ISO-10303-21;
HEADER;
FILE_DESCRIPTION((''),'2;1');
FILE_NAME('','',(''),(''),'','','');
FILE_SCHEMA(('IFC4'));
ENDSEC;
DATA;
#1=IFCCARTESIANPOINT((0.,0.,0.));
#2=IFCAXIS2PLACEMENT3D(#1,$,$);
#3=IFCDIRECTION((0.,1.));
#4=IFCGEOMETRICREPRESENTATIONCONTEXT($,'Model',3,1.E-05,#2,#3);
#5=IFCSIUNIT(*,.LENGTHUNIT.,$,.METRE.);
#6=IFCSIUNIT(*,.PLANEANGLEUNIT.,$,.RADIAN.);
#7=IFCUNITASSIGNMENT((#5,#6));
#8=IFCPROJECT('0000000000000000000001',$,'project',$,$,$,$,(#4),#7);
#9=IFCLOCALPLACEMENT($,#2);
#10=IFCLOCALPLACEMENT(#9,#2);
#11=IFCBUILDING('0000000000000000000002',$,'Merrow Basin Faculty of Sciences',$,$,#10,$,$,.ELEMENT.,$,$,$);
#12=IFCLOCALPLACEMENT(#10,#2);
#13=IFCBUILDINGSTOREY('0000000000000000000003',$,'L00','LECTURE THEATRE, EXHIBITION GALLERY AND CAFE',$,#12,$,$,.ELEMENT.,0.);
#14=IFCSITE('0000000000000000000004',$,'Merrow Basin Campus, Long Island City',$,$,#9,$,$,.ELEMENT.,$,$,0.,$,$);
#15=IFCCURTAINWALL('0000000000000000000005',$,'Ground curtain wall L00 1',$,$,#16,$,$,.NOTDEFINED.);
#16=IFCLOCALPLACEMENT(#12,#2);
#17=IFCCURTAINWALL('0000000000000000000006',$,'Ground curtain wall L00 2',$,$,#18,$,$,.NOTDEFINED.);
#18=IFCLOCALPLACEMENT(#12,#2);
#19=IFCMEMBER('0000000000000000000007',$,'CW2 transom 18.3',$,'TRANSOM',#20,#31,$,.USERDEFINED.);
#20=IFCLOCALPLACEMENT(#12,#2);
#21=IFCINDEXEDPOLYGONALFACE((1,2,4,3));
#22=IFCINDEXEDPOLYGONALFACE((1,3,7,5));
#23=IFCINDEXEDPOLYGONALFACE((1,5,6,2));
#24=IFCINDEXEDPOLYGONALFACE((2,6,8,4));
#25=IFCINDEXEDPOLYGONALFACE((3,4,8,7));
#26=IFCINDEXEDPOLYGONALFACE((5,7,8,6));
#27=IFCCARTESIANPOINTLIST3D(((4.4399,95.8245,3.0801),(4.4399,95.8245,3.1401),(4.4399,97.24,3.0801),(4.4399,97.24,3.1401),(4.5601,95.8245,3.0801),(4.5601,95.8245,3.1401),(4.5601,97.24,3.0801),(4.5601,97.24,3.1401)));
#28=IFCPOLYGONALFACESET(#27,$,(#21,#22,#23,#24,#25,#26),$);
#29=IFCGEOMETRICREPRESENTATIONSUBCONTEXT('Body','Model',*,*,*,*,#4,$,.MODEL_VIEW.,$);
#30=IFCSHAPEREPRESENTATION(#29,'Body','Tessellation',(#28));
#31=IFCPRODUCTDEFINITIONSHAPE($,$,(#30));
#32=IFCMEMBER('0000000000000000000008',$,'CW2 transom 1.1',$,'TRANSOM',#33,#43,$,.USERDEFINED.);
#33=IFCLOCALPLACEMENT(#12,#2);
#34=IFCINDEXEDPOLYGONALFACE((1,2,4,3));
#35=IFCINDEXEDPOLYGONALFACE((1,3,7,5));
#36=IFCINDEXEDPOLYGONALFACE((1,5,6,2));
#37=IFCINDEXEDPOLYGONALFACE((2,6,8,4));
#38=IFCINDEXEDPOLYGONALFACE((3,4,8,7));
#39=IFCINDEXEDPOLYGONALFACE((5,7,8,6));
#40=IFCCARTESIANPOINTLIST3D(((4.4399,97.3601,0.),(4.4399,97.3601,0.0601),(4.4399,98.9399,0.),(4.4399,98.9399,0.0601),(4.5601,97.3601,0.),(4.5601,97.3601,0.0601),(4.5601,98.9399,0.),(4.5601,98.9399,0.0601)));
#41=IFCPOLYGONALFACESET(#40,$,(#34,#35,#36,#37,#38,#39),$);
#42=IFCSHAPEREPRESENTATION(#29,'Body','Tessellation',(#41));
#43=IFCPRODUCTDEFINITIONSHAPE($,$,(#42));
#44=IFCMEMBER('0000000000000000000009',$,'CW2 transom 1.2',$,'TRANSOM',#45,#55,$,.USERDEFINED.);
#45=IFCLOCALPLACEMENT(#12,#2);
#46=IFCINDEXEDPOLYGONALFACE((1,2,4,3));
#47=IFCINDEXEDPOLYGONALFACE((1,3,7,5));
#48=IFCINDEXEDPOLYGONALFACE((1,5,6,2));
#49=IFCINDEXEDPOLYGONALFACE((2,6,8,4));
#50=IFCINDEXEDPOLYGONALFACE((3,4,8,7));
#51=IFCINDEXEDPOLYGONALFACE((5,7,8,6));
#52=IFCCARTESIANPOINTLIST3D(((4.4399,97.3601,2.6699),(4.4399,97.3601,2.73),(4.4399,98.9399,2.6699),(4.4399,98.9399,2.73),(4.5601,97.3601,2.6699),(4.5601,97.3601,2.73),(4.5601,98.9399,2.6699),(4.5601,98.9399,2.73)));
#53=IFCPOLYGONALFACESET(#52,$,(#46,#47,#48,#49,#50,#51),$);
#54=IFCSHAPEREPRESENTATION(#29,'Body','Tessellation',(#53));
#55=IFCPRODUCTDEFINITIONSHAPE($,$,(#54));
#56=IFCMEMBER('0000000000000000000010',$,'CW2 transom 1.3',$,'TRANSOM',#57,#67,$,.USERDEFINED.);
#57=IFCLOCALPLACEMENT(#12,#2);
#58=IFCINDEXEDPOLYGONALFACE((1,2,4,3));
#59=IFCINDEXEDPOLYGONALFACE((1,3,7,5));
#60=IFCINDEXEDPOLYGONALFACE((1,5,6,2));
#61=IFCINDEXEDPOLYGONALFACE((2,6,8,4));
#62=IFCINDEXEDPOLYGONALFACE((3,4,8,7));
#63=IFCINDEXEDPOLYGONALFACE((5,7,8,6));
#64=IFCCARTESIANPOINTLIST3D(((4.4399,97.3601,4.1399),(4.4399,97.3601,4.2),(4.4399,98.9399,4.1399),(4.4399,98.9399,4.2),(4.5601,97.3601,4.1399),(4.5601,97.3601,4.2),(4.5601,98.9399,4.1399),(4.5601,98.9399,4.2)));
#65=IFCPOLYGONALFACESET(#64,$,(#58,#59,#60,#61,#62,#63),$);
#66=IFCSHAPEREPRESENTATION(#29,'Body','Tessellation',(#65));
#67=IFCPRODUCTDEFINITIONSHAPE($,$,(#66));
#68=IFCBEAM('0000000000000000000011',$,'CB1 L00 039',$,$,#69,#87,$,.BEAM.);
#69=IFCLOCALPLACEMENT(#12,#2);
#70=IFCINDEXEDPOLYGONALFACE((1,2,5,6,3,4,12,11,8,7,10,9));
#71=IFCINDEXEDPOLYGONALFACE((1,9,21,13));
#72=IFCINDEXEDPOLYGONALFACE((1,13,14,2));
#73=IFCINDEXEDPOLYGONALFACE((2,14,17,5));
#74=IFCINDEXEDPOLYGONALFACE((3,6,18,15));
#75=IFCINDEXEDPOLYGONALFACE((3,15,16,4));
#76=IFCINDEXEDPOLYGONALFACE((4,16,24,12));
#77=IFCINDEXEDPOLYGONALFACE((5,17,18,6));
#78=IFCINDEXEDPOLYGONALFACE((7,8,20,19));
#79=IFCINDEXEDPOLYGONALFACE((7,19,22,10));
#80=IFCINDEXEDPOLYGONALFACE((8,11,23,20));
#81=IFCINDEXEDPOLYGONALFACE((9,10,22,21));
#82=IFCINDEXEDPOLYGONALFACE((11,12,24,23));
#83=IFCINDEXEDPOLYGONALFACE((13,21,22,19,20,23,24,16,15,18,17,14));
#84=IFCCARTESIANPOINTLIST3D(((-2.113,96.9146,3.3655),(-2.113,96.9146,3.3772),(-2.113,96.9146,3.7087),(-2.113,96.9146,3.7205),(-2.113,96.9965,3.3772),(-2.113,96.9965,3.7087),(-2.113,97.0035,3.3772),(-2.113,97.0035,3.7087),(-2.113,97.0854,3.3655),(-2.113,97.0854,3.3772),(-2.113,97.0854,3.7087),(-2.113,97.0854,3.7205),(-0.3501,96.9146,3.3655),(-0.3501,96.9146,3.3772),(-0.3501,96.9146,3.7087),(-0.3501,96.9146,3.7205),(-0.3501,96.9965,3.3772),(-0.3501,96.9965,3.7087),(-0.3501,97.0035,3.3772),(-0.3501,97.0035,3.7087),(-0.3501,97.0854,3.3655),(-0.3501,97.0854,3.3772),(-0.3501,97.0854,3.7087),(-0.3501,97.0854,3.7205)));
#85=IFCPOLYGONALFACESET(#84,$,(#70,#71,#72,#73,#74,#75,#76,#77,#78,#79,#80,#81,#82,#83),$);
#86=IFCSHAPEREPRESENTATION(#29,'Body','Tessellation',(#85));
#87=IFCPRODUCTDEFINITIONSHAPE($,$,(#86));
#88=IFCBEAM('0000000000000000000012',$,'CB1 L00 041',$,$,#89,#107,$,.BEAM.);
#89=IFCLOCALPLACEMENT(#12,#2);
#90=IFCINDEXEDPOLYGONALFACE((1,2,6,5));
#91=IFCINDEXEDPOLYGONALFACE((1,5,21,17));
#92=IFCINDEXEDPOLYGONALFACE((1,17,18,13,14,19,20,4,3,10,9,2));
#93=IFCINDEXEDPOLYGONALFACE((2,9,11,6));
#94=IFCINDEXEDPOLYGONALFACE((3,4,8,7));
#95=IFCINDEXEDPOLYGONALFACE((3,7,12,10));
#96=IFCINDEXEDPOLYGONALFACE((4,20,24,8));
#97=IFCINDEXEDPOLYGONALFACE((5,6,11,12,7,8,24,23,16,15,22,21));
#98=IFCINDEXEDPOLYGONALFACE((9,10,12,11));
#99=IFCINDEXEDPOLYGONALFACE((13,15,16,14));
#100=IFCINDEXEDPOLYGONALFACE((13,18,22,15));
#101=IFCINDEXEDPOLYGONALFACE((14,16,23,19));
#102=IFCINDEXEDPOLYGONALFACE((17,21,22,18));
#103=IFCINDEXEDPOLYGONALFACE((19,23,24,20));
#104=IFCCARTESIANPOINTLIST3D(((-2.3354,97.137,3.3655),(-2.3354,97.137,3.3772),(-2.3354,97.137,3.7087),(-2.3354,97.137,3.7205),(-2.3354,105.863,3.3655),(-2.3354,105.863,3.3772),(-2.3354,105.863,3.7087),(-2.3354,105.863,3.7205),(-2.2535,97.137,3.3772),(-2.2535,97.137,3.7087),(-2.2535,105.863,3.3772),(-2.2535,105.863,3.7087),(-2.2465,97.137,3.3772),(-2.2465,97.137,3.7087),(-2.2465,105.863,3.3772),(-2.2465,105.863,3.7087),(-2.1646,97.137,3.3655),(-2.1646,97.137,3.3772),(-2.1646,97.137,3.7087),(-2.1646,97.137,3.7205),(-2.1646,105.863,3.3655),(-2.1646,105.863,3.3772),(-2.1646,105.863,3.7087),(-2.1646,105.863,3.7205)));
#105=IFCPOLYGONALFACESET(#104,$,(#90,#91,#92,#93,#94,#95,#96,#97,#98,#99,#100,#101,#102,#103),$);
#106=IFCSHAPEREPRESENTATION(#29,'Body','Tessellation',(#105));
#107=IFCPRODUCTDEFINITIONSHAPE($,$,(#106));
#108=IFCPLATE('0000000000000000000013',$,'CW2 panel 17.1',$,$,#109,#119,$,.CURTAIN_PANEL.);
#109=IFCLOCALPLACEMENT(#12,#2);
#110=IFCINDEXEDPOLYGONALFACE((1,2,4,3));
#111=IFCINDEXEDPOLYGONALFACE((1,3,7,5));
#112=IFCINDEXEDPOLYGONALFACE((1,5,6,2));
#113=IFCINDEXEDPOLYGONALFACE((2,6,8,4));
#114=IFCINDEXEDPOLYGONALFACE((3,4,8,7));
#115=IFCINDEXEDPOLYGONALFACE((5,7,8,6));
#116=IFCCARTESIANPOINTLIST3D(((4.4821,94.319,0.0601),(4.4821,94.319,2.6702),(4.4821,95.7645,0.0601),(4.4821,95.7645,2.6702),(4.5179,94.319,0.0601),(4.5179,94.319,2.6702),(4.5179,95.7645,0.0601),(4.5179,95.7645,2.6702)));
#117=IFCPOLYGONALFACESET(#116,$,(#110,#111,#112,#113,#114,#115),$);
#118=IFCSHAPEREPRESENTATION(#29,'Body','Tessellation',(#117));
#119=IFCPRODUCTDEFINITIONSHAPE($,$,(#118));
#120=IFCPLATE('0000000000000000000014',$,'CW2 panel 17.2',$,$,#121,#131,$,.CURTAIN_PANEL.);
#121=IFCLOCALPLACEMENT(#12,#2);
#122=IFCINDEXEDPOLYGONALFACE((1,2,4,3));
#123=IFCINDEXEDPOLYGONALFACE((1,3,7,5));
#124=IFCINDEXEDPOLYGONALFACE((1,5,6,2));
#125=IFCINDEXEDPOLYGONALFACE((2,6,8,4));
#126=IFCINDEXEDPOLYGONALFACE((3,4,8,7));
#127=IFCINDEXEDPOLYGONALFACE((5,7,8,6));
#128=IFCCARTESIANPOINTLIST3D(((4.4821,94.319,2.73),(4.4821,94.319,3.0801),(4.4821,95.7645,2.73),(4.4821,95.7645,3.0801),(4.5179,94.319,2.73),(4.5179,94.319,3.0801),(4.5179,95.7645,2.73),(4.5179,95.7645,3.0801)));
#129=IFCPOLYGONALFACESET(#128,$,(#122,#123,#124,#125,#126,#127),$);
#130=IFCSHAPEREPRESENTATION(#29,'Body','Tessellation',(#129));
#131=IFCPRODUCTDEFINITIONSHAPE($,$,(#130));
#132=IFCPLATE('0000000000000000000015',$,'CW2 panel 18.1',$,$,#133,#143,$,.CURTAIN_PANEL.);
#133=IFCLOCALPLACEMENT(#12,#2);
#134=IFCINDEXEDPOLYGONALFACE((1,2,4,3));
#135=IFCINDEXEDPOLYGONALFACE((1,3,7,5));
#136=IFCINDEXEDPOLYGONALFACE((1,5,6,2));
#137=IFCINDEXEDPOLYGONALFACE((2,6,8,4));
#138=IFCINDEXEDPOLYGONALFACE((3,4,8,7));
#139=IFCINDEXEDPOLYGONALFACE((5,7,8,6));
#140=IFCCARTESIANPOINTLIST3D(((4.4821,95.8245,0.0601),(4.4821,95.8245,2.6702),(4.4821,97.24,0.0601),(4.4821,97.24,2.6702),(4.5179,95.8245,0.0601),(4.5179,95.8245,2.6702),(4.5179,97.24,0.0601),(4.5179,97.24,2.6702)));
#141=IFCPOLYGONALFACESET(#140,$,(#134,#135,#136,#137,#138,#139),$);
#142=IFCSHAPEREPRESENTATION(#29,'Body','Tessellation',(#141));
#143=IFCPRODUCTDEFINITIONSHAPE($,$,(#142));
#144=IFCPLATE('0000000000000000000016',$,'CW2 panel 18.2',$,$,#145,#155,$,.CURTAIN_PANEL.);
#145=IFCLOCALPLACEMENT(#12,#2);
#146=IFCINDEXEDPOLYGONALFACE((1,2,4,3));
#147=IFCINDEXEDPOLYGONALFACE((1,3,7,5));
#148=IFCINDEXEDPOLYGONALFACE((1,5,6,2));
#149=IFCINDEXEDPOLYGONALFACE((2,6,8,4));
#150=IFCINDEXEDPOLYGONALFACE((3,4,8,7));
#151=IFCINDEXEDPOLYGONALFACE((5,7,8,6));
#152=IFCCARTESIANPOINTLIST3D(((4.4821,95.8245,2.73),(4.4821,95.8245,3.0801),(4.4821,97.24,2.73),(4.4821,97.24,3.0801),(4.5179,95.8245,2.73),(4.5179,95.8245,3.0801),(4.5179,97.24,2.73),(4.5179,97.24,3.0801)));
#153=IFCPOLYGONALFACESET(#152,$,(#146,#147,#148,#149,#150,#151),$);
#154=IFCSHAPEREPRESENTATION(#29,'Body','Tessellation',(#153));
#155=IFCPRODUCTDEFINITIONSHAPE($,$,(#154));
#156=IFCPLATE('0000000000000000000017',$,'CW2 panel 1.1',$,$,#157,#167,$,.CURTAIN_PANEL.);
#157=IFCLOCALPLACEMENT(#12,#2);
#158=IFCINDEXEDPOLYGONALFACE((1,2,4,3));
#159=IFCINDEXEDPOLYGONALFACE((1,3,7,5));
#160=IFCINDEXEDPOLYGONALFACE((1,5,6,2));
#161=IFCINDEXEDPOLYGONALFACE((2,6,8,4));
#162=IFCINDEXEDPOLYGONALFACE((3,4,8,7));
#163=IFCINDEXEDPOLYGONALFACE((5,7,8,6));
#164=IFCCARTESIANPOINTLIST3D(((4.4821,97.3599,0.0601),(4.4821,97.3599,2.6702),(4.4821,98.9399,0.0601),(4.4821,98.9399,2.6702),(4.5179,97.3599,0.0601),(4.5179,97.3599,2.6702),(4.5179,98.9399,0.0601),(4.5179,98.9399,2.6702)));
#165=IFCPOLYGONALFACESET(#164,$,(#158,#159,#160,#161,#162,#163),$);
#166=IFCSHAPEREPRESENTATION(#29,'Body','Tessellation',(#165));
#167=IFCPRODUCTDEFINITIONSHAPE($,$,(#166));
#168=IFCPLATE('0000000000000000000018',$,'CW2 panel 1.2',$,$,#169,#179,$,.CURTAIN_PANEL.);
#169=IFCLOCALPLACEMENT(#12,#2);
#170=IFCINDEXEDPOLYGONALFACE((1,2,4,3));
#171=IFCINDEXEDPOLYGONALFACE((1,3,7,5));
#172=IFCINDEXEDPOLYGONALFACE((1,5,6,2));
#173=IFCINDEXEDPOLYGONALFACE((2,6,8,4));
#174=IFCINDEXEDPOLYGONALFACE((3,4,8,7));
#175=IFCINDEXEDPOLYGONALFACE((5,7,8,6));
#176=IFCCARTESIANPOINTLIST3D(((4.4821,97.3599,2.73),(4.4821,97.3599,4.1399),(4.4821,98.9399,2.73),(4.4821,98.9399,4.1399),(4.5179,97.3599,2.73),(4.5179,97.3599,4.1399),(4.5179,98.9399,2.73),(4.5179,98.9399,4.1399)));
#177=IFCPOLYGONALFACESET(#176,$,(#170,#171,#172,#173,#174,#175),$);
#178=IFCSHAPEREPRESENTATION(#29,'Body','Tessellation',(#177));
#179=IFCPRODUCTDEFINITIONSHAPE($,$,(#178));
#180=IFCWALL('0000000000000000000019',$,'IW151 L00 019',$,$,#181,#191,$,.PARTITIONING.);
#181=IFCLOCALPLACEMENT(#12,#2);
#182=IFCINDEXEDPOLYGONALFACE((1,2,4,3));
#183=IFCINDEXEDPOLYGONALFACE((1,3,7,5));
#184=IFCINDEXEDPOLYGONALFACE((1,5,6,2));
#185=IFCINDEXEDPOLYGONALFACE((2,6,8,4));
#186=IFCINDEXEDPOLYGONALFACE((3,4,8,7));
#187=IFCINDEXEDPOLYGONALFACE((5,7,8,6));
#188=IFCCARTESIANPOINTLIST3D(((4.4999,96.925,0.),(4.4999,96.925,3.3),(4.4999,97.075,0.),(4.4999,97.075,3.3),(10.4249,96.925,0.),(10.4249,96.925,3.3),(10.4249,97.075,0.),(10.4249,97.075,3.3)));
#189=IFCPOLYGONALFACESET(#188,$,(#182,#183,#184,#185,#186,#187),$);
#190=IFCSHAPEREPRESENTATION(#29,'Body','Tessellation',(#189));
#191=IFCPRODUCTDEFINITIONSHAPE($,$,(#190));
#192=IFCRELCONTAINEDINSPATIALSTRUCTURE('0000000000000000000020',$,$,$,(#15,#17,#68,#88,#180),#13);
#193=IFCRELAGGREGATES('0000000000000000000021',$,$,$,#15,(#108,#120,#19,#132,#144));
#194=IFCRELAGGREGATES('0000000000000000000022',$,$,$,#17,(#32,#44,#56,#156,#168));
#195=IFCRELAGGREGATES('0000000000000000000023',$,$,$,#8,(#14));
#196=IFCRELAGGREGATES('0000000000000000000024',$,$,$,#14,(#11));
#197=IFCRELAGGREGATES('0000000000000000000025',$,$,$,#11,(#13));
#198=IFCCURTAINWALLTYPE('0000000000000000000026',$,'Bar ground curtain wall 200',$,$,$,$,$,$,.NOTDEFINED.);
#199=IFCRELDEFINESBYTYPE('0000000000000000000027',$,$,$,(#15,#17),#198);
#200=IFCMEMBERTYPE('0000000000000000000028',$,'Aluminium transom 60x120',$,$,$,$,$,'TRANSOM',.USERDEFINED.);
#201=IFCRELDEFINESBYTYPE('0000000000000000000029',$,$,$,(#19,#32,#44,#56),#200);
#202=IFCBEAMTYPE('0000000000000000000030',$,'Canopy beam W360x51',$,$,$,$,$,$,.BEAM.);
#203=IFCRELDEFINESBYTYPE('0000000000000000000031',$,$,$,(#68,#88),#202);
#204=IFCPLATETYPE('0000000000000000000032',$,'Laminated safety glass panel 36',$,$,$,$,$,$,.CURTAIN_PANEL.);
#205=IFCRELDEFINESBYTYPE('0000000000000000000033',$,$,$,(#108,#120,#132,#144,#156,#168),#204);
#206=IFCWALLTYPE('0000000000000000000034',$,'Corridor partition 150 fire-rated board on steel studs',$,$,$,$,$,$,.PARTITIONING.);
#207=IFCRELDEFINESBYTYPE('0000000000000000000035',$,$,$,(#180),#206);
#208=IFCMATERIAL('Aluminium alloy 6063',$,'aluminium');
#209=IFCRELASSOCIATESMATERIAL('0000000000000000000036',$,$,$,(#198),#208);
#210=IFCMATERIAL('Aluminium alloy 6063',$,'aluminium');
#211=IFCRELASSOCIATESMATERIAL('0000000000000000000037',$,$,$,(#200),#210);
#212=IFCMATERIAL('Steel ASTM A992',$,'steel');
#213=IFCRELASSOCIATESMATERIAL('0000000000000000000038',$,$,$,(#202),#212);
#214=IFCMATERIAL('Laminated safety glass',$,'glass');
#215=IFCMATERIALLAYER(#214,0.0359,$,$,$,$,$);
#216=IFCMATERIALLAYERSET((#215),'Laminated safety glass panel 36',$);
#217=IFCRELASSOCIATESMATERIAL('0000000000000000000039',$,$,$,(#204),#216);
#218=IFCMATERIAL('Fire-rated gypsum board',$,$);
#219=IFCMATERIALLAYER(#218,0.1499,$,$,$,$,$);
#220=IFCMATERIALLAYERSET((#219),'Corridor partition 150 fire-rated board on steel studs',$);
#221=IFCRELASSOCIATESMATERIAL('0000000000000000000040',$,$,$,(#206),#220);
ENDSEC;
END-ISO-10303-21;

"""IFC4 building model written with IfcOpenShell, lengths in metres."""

from ifc_helpers import new_model, si_unit, direction, frame, frame_2d, origin, origin_2d, place, context, subcontext, project, spatial, rectangle, i_section, extrude, material, layer, layer_set, material_profile, profile_set, type_object, element, aggregate, save


model = new_model("IFC4")

# Units and contexts
model_context = context("Model", 3, precision=1e-05, world=origin(), true_north=direction((0.0, 1.0)))
body_context = subcontext(model_context, "Body", "Model", "MODEL_VIEW")
ifc_project = project(units=[si_unit("LENGTHUNIT", "METRE"), si_unit("PLANEANGLEUNIT", "RADIAN")], contexts=[model_context])

# Site, building, storey
site_placement = place(None, origin())
site = spatial("IfcSite", under=ifc_project, at=site_placement, Name="Merrow Basin Campus, Long Island City", CompositionType="ELEMENT", RefElevation=0.0)
building_placement = place(site_placement, origin())
building = spatial("IfcBuilding", under=site, at=building_placement, Name="Merrow Basin Faculty of Sciences", CompositionType="ELEMENT")
storey_placement = place(building_placement, origin())
storey = spatial("IfcBuildingStorey", under=building, at=storey_placement, Name="L00", Description="LECTURE THEATRE, EXHIBITION GALLERY AND CAFE", CompositionType="ELEMENT", Elevation=0.0)

# Curtain walls
ifc_material_1 = material(Name="Aluminium alloy 6063", Category="aluminium")
curtain_wall_type = type_object("IfcCurtainWallType", Name="Bar ground curtain wall 200", PredefinedType="NOTDEFINED", material=ifc_material_1)
curtain_wall_1_placement = place(storey_placement, origin())
curtain_wall_1 = element("IfcCurtainWall", 1, at=curtain_wall_1_placement, inside=storey, type_object=curtain_wall_type, Name="Ground curtain wall L00 1", PredefinedType="NOTDEFINED")
curtain_wall_2_placement = place(storey_placement, origin())
curtain_wall_2 = element("IfcCurtainWall", 2, at=curtain_wall_2_placement, inside=storey, type_object=curtain_wall_type, Name="Ground curtain wall L00 2", PredefinedType="NOTDEFINED")

# Members
ifc_material_2 = material(Name="Aluminium alloy 6063", Category="aluminium")
ifc_material_profile_1 = material_profile(ifc_material_2, rectangle(XDim=0.1201, YDim=0.0601, at=origin_2d()))
ifc_profile_set_1 = profile_set([ifc_material_profile_1], Name="Aluminium alloy 6063")
member_type_1 = type_object("IfcMemberType", Name="Aluminium transom 60x120", ElementType="TRANSOM", PredefinedType="USERDEFINED", material=ifc_profile_set_1)
member_1_placement = place(storey_placement, frame((4.5, 95.8245, 3.1101), z_axis=(0.0, 1.0, 0.0), x_axis=(-1.0, 0.0, 0.0)))
member_1 = element("IfcMember", 3, at=member_1_placement, type_object=member_type_1, Name="CW2 transom 18.3", ObjectType="TRANSOM", PredefinedType="USERDEFINED", context=body_context, shape_type="SweptSolid", body=[
    extrude(rectangle(XDim=0.1201, YDim=0.0601, at=origin_2d()), origin(), (0.0, 0.0, 1.0), 1.4155),
])
member_2_placement = place(storey_placement, frame((4.5, 97.3601, 0.03), z_axis=(0.0, 1.0, 0.0), x_axis=(-1.0, 0.0, 0.0)))
member_2 = element("IfcMember", 4, at=member_2_placement, type_object=member_type_1, Name="CW2 transom 1.1", ObjectType="TRANSOM", PredefinedType="USERDEFINED", context=body_context, shape_type="SweptSolid", body=[
    extrude(rectangle(XDim=0.1201, YDim=0.0601, at=origin_2d()), origin(), (0.0, 0.0, 1.0), 1.5798),
])
member_3_placement = place(storey_placement, frame((4.5, 97.3601, 2.7), z_axis=(0.0, 1.0, 0.0), x_axis=(-1.0, 0.0, 0.0)))
member_3 = element("IfcMember", 5, at=member_3_placement, type_object=member_type_1, Name="CW2 transom 1.2", ObjectType="TRANSOM", PredefinedType="USERDEFINED", context=body_context, shape_type="SweptSolid", body=[
    extrude(rectangle(XDim=0.1201, YDim=0.0601, at=origin_2d()), origin(), (0.0, 0.0, 1.0), 1.5798),
])
member_4_placement = place(storey_placement, frame((4.5, 97.3601, 4.1699), z_axis=(0.0, 1.0, 0.0), x_axis=(-1.0, 0.0, 0.0)))
member_4 = element("IfcMember", 6, at=member_4_placement, type_object=member_type_1, Name="CW2 transom 1.3", ObjectType="TRANSOM", PredefinedType="USERDEFINED", context=body_context, shape_type="SweptSolid", body=[
    extrude(rectangle(XDim=0.1201, YDim=0.0601, at=origin_2d()), origin(), (0.0, 0.0, 1.0), 1.5798),
])

# Beams
ifc_material_3 = material(Name="Steel ASTM A992", Category="steel")
ifc_material_profile_2 = material_profile(ifc_material_3, i_section(OverallWidth=0.1709, OverallDepth=0.355, WebThickness=0.0071, FlangeThickness=0.0117, at=origin_2d()))
ifc_profile_set_2 = profile_set([ifc_material_profile_2], Name="Steel ASTM A992")
beam_type = type_object("IfcBeamType", Name="Canopy beam W360x51", PredefinedType="BEAM", material=ifc_profile_set_2)
beam_1_placement = place(storey_placement, frame((-2.113, 97.0, 3.543), z_axis=(1.0, 0.0, 0.0), x_axis=(0.0, 1.0, 0.0)))
element("IfcBeam", 7, at=beam_1_placement, inside=storey, type_object=beam_type, Name="CB1 L00 039", PredefinedType="BEAM", context=body_context, shape_type="SweptSolid", body=[
    extrude(i_section(OverallWidth=0.1709, OverallDepth=0.355, WebThickness=0.0071, FlangeThickness=0.0117, at=origin_2d()), origin(), (0.0, 0.0, 1.0), 1.7629),
])
beam_2_placement = place(storey_placement, frame((-2.25, 97.137, 3.543), z_axis=(0.0, 1.0, 0.0), x_axis=(-1.0, 0.0, 0.0)))
element("IfcBeam", 8, at=beam_2_placement, inside=storey, type_object=beam_type, Name="CB1 L00 041", PredefinedType="BEAM", context=body_context, shape_type="SweptSolid", body=[
    extrude(i_section(OverallWidth=0.1709, OverallDepth=0.355, WebThickness=0.0071, FlangeThickness=0.0117, at=origin_2d()), origin(), (0.0, 0.0, 1.0), 8.7261),
])

# Plates
ifc_material_4 = material(Name="Laminated safety glass", Category="glass")
ifc_layer_1 = layer(ifc_material_4, 0.0359)
ifc_layer_set_1 = layer_set([ifc_layer_1], Name="Laminated safety glass panel 36")
plate_type = type_object("IfcPlateType", Name="Laminated safety glass panel 36", PredefinedType="CURTAIN_PANEL", material=ifc_layer_set_1)
plate_1_placement = place(storey_placement, frame((4.5, 95.0417, 0.0601), z_axis=(0.0, 0.0, 1.0), x_axis=(0.0, 1.0, 0.0)))
plate_1 = element("IfcPlate", 9, at=plate_1_placement, type_object=plate_type, Name="CW2 panel 17.1", PredefinedType="CURTAIN_PANEL", context=body_context, shape_type="SweptSolid", body=[
    extrude(rectangle(XDim=1.4456, YDim=0.0359, at=origin_2d()), origin(), (0.0, 0.0, 1.0), 2.6101),
])
plate_2_placement = place(storey_placement, frame((4.5, 95.0417, 2.73), z_axis=(0.0, 0.0, 1.0), x_axis=(0.0, 1.0, 0.0)))
plate_2 = element("IfcPlate", 10, at=plate_2_placement, type_object=plate_type, Name="CW2 panel 17.2", PredefinedType="CURTAIN_PANEL", context=body_context, shape_type="SweptSolid", body=[
    extrude(rectangle(XDim=1.4456, YDim=0.0359, at=origin_2d()), origin(), (0.0, 0.0, 1.0), 0.3501),
])
plate_3_placement = place(storey_placement, frame((4.5, 96.5322, 0.0601), z_axis=(0.0, 0.0, 1.0), x_axis=(0.0, 1.0, 0.0)))
plate_3 = element("IfcPlate", 11, at=plate_3_placement, type_object=plate_type, Name="CW2 panel 18.1", PredefinedType="CURTAIN_PANEL", context=body_context, shape_type="SweptSolid", body=[
    extrude(rectangle(XDim=1.4155, YDim=0.0359, at=origin_2d()), origin(), (0.0, 0.0, 1.0), 2.6101),
])
plate_4_placement = place(storey_placement, frame((4.5, 96.5322, 2.73), z_axis=(0.0, 0.0, 1.0), x_axis=(0.0, 1.0, 0.0)))
plate_4 = element("IfcPlate", 12, at=plate_4_placement, type_object=plate_type, Name="CW2 panel 18.2", PredefinedType="CURTAIN_PANEL", context=body_context, shape_type="SweptSolid", body=[
    extrude(rectangle(XDim=1.4155, YDim=0.0359, at=origin_2d()), origin(), (0.0, 0.0, 1.0), 0.3501),
])
aggregate(curtain_wall_1, [plate_1, plate_2, member_1, plate_3, plate_4])
plate_5_placement = place(storey_placement, frame((4.5, 98.1499, 0.0601), z_axis=(0.0, 0.0, 1.0), x_axis=(0.0, 1.0, 0.0)))
plate_5 = element("IfcPlate", 13, at=plate_5_placement, type_object=plate_type, Name="CW2 panel 1.1", PredefinedType="CURTAIN_PANEL", context=body_context, shape_type="SweptSolid", body=[
    extrude(rectangle(XDim=1.5801, YDim=0.0359, at=origin_2d()), origin(), (0.0, 0.0, 1.0), 2.6101),
])
plate_6_placement = place(storey_placement, frame((4.5, 98.1499, 2.73), z_axis=(0.0, 0.0, 1.0), x_axis=(0.0, 1.0, 0.0)))
plate_6 = element("IfcPlate", 14, at=plate_6_placement, type_object=plate_type, Name="CW2 panel 1.2", PredefinedType="CURTAIN_PANEL", context=body_context, shape_type="SweptSolid", body=[
    extrude(rectangle(XDim=1.5801, YDim=0.0359, at=origin_2d()), origin(), (0.0, 0.0, 1.0), 1.4099),
])
aggregate(curtain_wall_2, [member_2, member_3, member_4, plate_5, plate_6])

# Wall
ifc_material_5 = material(Name="Fire-rated gypsum board")
ifc_layer_2 = layer(ifc_material_5, 0.1499)
ifc_layer_set_2 = layer_set([ifc_layer_2], Name="Corridor partition 150 fire-rated board on steel studs")
wall_type_1 = type_object("IfcWallType", Name="Corridor partition 150 fire-rated board on steel studs", PredefinedType="PARTITIONING", material=ifc_layer_set_2)
wall_1_placement = place(storey_placement, frame((4.5, 97.0, 0.0), z_axis=(0.0, 0.0, 1.0), x_axis=(1.0, 0.0, 0.0)))
element("IfcWall", 15, at=wall_1_placement, inside=storey, type_object=wall_type_1, Name="IW151 L00 019", PredefinedType="PARTITIONING", context=body_context, shape_type="SweptSolid", body=[
    extrude(rectangle(XDim=5.925, YDim=0.1499, at=frame_2d((2.9624, 0.0))), origin(), (0.0, 0.0, 1.0), 3.3),
])

save(model, "model.ifc")
